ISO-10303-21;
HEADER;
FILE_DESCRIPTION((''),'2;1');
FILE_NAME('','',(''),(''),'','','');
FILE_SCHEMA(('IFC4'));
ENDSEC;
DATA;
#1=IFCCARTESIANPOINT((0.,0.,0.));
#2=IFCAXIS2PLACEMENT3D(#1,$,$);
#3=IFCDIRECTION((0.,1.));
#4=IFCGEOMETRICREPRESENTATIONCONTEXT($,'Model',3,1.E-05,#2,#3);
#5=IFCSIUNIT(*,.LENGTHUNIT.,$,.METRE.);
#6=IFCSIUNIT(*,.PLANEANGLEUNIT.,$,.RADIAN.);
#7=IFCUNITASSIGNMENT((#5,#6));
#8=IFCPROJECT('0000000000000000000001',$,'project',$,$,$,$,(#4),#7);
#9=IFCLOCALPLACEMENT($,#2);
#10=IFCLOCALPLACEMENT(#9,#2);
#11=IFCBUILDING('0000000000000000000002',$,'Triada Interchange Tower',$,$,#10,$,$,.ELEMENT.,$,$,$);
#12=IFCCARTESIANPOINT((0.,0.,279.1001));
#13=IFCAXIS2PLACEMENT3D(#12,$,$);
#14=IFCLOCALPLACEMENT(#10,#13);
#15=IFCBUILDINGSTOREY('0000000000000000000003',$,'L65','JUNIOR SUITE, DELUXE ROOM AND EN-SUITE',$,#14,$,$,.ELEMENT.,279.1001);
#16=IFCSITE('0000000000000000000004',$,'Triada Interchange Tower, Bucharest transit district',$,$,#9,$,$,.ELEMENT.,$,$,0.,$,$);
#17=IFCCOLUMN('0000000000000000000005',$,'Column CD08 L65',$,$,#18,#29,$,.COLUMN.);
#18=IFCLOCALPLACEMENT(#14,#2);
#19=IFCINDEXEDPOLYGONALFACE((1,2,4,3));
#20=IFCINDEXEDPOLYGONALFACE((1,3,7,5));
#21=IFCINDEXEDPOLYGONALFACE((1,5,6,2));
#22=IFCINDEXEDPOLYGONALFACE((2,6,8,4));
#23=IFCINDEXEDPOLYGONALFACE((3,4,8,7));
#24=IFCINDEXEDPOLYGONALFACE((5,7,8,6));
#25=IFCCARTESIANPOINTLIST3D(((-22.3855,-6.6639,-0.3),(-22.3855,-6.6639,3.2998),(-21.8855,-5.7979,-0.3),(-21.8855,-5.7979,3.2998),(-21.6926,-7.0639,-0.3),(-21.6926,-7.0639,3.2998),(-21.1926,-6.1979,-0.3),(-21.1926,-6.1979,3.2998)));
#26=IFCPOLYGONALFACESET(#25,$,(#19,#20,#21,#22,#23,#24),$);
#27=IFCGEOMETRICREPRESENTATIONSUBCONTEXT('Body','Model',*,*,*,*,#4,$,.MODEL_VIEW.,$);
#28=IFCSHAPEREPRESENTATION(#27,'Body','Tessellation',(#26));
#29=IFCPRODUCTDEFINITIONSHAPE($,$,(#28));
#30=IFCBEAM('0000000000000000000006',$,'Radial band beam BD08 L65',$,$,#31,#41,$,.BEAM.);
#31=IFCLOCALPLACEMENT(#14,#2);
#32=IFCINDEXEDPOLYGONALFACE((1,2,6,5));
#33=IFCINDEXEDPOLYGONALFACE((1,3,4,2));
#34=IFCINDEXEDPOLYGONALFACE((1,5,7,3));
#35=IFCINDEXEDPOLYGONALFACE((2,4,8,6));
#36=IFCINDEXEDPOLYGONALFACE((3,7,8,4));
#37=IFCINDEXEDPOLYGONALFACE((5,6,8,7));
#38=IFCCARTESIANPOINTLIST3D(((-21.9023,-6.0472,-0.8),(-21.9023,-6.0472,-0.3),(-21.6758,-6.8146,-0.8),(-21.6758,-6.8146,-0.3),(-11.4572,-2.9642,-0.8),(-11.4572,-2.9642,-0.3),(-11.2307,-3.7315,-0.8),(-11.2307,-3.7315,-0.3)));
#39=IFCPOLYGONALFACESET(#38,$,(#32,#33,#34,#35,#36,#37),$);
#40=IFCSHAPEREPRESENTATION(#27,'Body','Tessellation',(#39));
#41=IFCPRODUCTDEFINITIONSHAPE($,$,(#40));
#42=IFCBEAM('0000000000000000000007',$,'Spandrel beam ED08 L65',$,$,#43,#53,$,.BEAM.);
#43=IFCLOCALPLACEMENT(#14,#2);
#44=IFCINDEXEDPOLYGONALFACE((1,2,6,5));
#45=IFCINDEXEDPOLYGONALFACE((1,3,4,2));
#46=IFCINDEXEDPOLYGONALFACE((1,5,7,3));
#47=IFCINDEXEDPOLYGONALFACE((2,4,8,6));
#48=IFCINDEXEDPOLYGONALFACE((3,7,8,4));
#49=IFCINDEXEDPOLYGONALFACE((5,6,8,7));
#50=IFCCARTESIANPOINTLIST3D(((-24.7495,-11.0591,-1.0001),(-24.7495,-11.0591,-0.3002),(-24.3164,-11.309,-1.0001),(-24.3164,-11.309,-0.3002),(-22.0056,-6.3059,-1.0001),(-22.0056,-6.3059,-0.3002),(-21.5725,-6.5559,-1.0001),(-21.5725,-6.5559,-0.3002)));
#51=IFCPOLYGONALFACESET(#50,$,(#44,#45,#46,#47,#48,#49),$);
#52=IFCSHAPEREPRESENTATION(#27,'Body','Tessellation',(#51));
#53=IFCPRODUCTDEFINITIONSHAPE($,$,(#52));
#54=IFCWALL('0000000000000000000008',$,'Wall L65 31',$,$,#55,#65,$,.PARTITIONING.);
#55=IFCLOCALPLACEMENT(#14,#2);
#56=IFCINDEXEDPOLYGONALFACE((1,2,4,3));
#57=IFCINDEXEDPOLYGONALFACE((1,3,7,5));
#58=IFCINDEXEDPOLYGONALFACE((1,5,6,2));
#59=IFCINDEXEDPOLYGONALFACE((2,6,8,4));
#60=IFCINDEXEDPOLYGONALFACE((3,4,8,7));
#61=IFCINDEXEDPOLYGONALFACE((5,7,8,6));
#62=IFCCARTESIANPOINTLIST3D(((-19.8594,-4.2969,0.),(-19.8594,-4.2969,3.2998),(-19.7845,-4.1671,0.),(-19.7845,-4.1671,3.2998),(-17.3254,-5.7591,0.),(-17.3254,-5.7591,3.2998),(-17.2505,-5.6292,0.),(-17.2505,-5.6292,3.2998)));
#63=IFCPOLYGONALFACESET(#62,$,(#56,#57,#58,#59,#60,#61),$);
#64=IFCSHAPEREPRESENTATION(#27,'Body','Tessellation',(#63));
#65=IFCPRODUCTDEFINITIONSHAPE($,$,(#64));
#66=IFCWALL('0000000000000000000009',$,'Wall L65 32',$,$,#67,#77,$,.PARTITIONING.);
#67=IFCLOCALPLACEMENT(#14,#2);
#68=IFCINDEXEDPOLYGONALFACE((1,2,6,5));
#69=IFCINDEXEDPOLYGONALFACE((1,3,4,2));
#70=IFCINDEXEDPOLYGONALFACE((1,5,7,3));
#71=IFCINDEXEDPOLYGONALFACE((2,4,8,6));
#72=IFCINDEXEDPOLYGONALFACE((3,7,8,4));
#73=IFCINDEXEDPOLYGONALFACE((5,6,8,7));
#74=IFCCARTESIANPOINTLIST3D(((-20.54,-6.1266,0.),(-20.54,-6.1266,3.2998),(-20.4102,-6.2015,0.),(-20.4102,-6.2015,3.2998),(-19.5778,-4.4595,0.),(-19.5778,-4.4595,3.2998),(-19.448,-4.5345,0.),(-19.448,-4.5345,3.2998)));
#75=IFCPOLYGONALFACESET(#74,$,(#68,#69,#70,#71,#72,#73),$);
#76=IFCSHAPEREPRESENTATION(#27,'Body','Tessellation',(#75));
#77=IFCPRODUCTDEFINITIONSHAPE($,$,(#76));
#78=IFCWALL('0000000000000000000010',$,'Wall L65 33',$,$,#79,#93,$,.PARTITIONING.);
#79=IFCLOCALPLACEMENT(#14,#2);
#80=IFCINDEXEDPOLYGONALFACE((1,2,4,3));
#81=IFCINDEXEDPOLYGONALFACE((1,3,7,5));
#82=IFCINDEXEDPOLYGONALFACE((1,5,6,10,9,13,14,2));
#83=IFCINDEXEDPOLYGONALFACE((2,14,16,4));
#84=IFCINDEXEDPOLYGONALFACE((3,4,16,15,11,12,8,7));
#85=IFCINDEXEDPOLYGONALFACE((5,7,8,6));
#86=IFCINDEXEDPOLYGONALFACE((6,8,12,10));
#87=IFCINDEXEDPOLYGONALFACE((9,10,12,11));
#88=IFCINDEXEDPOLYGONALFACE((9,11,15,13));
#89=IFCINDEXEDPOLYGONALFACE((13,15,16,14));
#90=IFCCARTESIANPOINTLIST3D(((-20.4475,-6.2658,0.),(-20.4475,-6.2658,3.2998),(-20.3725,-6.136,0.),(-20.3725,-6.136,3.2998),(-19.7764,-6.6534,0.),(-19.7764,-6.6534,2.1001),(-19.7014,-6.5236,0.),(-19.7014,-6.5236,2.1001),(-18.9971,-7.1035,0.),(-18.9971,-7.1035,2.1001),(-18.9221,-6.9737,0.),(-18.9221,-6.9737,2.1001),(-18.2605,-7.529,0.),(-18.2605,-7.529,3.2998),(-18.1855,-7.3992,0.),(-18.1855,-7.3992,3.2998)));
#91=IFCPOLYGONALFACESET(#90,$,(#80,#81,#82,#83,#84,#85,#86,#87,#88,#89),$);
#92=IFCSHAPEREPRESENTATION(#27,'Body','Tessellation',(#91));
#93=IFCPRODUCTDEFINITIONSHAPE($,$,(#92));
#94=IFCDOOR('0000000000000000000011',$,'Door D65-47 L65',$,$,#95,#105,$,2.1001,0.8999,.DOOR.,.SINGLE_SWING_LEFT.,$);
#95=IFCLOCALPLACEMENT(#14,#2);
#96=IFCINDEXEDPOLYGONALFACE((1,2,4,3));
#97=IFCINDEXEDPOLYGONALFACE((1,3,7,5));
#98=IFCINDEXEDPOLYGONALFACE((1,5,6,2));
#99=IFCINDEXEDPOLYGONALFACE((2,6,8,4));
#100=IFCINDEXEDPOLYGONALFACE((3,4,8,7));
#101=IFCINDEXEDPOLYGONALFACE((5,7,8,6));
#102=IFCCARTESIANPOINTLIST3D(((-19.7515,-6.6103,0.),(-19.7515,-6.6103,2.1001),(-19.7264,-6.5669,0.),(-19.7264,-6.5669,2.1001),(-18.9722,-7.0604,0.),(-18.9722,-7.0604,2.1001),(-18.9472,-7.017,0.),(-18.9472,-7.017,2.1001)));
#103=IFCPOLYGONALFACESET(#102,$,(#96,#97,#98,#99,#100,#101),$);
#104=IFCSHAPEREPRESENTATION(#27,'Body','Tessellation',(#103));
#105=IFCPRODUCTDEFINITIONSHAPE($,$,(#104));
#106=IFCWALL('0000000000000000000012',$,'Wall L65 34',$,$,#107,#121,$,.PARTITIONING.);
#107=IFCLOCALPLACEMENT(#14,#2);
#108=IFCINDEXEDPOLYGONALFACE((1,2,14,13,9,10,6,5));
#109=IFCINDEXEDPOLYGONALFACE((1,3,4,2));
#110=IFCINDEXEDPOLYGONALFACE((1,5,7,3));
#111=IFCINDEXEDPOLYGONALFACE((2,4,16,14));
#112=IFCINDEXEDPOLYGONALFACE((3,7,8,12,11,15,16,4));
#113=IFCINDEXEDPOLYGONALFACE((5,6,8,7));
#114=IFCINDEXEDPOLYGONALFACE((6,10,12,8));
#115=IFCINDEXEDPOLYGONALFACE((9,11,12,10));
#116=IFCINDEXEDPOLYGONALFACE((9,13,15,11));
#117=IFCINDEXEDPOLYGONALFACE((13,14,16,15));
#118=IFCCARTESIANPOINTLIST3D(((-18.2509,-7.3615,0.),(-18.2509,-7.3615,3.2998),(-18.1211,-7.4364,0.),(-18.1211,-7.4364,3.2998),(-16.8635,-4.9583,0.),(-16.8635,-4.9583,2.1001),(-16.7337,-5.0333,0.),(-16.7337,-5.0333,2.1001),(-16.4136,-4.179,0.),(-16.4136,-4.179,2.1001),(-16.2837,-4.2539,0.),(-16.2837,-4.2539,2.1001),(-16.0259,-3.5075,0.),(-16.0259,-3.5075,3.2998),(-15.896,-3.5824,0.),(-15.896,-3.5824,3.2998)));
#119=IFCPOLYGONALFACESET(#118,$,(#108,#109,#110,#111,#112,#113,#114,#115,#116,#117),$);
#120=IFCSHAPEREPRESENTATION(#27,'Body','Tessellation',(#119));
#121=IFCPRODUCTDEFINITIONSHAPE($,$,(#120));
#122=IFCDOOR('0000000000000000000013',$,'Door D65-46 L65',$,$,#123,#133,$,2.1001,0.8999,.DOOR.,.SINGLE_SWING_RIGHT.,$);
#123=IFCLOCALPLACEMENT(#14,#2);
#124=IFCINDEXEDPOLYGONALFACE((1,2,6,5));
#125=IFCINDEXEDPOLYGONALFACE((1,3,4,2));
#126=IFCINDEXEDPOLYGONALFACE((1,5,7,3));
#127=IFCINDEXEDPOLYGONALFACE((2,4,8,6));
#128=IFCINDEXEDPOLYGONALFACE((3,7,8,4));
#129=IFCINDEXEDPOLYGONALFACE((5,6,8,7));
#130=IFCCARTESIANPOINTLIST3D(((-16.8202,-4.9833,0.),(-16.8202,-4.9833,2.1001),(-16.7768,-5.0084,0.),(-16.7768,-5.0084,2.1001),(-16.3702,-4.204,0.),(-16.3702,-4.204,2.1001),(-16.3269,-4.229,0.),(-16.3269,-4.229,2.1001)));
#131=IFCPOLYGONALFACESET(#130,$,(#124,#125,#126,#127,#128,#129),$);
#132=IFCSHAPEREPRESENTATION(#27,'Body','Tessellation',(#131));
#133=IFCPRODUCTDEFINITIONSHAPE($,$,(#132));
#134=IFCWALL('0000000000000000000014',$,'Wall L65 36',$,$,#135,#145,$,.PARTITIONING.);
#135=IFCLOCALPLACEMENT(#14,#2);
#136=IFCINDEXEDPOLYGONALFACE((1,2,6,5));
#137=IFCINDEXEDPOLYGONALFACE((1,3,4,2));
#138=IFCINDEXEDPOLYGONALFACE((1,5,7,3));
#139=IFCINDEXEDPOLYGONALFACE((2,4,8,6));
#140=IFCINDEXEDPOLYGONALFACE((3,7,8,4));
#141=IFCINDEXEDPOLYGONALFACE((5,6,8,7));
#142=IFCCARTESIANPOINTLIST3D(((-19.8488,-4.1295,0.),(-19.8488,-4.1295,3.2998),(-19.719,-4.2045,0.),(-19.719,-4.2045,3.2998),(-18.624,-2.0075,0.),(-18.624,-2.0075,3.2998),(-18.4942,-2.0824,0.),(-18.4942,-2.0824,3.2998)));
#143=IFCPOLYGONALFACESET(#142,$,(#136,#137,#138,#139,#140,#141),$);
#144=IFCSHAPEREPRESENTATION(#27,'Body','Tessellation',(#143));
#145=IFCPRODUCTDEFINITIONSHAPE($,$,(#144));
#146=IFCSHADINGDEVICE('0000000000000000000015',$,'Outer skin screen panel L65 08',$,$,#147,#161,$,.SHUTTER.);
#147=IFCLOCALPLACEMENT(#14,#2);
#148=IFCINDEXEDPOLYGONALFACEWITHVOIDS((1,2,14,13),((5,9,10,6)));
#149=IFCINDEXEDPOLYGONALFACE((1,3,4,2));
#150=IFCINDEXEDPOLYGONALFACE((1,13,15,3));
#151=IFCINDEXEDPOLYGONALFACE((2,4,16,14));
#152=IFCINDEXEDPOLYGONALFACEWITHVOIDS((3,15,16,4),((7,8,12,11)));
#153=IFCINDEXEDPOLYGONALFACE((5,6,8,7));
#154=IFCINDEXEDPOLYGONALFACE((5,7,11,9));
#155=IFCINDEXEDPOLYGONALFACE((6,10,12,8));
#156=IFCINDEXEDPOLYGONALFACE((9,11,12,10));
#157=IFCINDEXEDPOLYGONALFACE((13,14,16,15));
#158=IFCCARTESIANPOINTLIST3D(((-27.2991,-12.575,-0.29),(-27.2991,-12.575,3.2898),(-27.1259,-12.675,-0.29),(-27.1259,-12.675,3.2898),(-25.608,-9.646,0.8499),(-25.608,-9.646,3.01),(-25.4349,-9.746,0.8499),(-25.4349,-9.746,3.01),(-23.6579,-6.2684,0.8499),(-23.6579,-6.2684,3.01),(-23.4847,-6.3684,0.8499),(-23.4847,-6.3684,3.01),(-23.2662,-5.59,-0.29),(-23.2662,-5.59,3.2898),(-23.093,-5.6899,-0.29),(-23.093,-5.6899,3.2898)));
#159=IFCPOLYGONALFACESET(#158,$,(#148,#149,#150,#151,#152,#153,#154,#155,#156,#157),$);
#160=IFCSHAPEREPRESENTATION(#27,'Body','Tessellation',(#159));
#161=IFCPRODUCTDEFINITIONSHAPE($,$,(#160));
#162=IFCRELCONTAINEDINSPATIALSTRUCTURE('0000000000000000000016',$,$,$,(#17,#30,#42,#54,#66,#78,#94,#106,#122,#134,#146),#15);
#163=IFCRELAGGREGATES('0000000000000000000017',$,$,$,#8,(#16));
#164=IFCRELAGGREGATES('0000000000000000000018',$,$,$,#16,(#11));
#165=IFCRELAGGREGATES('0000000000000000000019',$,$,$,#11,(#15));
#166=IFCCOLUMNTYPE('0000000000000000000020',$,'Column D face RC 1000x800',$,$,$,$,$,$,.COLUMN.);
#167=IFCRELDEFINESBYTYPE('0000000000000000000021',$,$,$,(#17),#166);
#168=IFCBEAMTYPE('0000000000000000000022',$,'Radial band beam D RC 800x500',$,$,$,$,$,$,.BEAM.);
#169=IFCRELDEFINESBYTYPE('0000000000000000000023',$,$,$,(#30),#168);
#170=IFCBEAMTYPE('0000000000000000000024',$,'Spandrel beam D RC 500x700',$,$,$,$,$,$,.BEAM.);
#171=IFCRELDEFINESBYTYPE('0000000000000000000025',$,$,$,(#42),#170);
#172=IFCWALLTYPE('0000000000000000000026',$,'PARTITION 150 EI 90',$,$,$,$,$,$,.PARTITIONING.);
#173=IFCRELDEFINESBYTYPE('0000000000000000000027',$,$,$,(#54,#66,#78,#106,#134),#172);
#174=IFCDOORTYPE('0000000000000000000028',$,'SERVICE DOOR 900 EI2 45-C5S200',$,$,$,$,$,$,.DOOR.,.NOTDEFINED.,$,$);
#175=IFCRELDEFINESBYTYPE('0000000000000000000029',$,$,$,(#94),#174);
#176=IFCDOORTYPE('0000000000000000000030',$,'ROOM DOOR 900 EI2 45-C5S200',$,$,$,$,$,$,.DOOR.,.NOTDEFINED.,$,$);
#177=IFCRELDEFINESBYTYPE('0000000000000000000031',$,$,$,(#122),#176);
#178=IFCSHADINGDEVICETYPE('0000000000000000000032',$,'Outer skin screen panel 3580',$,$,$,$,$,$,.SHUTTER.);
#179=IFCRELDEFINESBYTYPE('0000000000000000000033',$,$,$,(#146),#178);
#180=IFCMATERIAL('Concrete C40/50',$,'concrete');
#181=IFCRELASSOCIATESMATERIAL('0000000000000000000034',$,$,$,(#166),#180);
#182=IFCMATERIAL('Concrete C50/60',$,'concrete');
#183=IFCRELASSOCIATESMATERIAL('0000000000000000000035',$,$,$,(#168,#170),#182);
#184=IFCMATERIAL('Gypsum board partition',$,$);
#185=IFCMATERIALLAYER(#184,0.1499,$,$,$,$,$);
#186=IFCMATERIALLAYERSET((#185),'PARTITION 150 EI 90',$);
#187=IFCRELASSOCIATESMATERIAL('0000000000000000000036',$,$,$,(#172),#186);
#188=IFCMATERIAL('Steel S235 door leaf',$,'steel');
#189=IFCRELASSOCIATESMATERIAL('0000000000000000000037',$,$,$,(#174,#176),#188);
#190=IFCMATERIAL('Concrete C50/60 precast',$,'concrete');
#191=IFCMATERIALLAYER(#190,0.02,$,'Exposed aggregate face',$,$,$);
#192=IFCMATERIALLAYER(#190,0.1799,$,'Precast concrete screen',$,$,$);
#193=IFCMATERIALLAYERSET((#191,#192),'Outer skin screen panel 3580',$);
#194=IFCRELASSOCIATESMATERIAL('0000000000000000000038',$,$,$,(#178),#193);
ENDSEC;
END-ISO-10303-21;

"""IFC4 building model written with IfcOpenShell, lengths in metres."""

from ifc_helpers import new_model, si_unit, direction, frame, frame_2d, origin, origin_2d, place, context, subcontext, project, spatial, polyline, rectangle, outline, extrude, material, layer, layer_set, material_profile, profile_set, type_object, element, fill, save


model = new_model("IFC4")

# Units and contexts
model_context = context("Model", 3, precision=1e-05, world=origin(), true_north=direction((0.0, 1.0)))
body_context = subcontext(model_context, "Body", "Model", "MODEL_VIEW")
ifc_project = project(units=[si_unit("LENGTHUNIT", "METRE"), si_unit("PLANEANGLEUNIT", "RADIAN")], contexts=[model_context])

# Site, building, storey
site_placement = place(None, origin())
site = spatial("IfcSite", under=ifc_project, at=site_placement, Name="Triada Interchange Tower, Bucharest transit district", CompositionType="ELEMENT", RefElevation=0.0)
building_placement = place(site_placement, origin())
building = spatial("IfcBuilding", under=site, at=building_placement, Name="Triada Interchange Tower", CompositionType="ELEMENT")
storey_placement = place(building_placement, frame((0.0, 0.0, 279.1001)))
storey = spatial("IfcBuildingStorey", under=building, at=storey_placement, Name="L65", Description="JUNIOR SUITE, DELUXE ROOM AND EN-SUITE", CompositionType="ELEMENT", Elevation=279.1001)

# Column
ifc_material_1 = material(Name="Concrete C40/50", Category="concrete")
ifc_material_profile_1 = material_profile(ifc_material_1, rectangle(XDim=1.0, YDim=0.8, at=origin_2d()), Name="RC 1000x800")
ifc_profile_set_1 = profile_set([ifc_material_profile_1], Name="Concrete C40/50")
column_type = type_object("IfcColumnType", Name="Column D face RC 1000x800", PredefinedType="COLUMN", material=ifc_profile_set_1)
column_placement = place(storey_placement, frame((-21.7891, -6.4309, -0.3), z_axis=(0.0, 0.0, 1.0), x_axis=(0.5, 0.866025, 0.0)))
element("IfcColumn", 1, at=column_placement, inside=storey, type_object=column_type, Name="Column CD08 L65", PredefinedType="COLUMN", context=body_context, shape_type="SweptSolid", body=[
    extrude(rectangle(XDim=1.0, YDim=0.8, at=origin_2d()), origin(), (0.0, 0.0, 1.0), 3.5999),
])

# Beams
ifc_material_2 = material(Name="Concrete C50/60", Category="concrete")
ifc_material_profile_2 = material_profile(ifc_material_2, rectangle(XDim=0.8, YDim=0.5, at=origin_2d()), Name="RC 800x500")
ifc_profile_set_2 = profile_set([ifc_material_profile_2], Name="Concrete C50/60")
beam_type_1 = type_object("IfcBeamType", Name="Radial band beam D RC 800x500", PredefinedType="BEAM", material=ifc_profile_set_2)
beam_1_placement = place(storey_placement, frame((-21.7891, -6.4309, -0.55), z_axis=(0.959093, 0.28309, 0.0), x_axis=(-0.28309, 0.959093, 0.0)))
element("IfcBeam", 2, at=beam_1_placement, inside=storey, type_object=beam_type_1, Name="Radial band beam BD08 L65", PredefinedType="BEAM", context=body_context, shape_type="SweptSolid", body=[
    extrude(rectangle(XDim=0.8, YDim=0.5, at=origin_2d()), origin(), (0.0, 0.0, 1.0), 10.8906),
])
ifc_material_profile_3 = material_profile(ifc_material_2, rectangle(XDim=0.5, YDim=0.7, at=origin_2d()), Name="RC 500x700")
ifc_profile_set_3 = profile_set([ifc_material_profile_3], Name="Concrete C50/60")
beam_type_2 = type_object("IfcBeamType", Name="Spandrel beam D RC 500x700", PredefinedType="BEAM", material=ifc_profile_set_3)
beam_2_placement = place(storey_placement, frame((-21.7891, -6.4309, -0.6501), z_axis=(-0.499952, -0.866053, 0.0), x_axis=(0.866053, -0.499952, 0.0)))
element("IfcBeam", 3, at=beam_2_placement, inside=storey, type_object=beam_type_2, Name="Spandrel beam ED08 L65", PredefinedType="BEAM", context=body_context, shape_type="SweptSolid", body=[
    extrude(rectangle(XDim=0.5, YDim=0.7, at=origin_2d()), origin(), (0.0, 0.0, 1.0), 5.4883),
])

# Walls
ifc_material_3 = material(Name="Gypsum board partition")
ifc_layer_1 = layer(ifc_material_3, 0.1499)
ifc_layer_set_1 = layer_set([ifc_layer_1], Name="PARTITION 150 EI 90")
wall_type = type_object("IfcWallType", Name="PARTITION 150 EI 90", PredefinedType="PARTITIONING", material=ifc_layer_set_1)
wall_1_placement = place(storey_placement, frame((-19.822, -4.2319, 0.0), z_axis=(0.0, 0.0, 1.0), x_axis=(0.866145, -0.499792, 0.0)))
element("IfcWall", 4, at=wall_1_placement, inside=storey, type_object=wall_type, Name="Wall L65 31", PredefinedType="PARTITIONING", context=body_context, shape_type="SweptSolid", body=[
    extrude(rectangle(XDim=2.9255, YDim=0.1499, at=frame_2d((1.4629, 0.0))), origin(), (0.0, 0.0, 1.0), 3.2998),
])
wall_2_placement = place(storey_placement, frame((-20.4751, -6.1641, 0.0), z_axis=(0.0, 0.0, 1.0), x_axis=(0.499891, 0.866088, 0.0)))
element("IfcWall", 5, at=wall_2_placement, inside=storey, type_object=wall_type, Name="Wall L65 32", PredefinedType="PARTITIONING", context=body_context, shape_type="SweptSolid", body=[
    extrude(rectangle(XDim=1.9248, YDim=0.1499, at=frame_2d((0.9624, 0.0))), origin(), (0.0, 0.0, 1.0), 3.2998),
])

# Walls, openings, doors
wall_3_placement = place(storey_placement, frame((-20.4099, -6.2009, 0.0), z_axis=(0.0, 0.0, 1.0), x_axis=(0.865938, -0.500152, 0.0)))
wall_3 = element("IfcWall", 6, at=wall_3_placement, inside=storey, type_object=wall_type, Name="Wall L65 33", PredefinedType="PARTITIONING", context=body_context, shape_type="SweptSolid", body=[
    extrude(rectangle(XDim=2.5256, YDim=0.1499, at=frame_2d((1.2627, 0.0))), origin(), (0.0, 0.0, 1.0), 3.2998),
])
opening_1_placement = place(wall_3_placement, frame((0.7749, 0.0, 0.0)))
opening_1 = element("IfcOpeningElement", 7, at=opening_1_placement, cuts=wall_3, PredefinedType="OPENING", context=body_context, shape_type="SweptSolid", body=[
    extrude(rectangle(XDim=0.8999, YDim=2.1001, at=frame_2d((0.45, 1.05))), frame((0.0, 0.085, 0.0), z_axis=(0.0, -1.0, 0.0), x_axis=(1.0, 0.0, 0.0)), (0.0, 0.0, 1.0), 0.1699),
])
ifc_material_4 = material(Name="Steel S235 door leaf", Category="steel")
door_type_1 = type_object("IfcDoorType", Name="SERVICE DOOR 900 EI2 45-C5S200", OperationType="NOTDEFINED", PredefinedType="DOOR", material=ifc_material_4)
door_1_placement = place(opening_1_placement, origin())
door_1 = element("IfcDoor", 8, at=door_1_placement, inside=storey, type_object=door_type_1, Name="Door D65-47 L65", OperationType="SINGLE_SWING_LEFT", OverallHeight=2.1001, OverallWidth=0.8999, PredefinedType="DOOR", context=body_context, shape_type="SweptSolid", body=[
    extrude(rectangle(XDim=0.8999, YDim=2.1001, at=frame_2d((0.45, 1.05))), frame((0.0, 0.0249, 0.0), z_axis=(0.0, -1.0, 0.0), x_axis=(1.0, 0.0, 0.0)), (0.0, 0.0, 1.0), 0.05),
])
fill(opening_1, door_1)
wall_4_placement = place(storey_placement, frame((-18.186, -7.3989, 0.0), z_axis=(0.0, 0.0, 1.0), x_axis=(0.499998, 0.866027, 0.0)))
wall_4 = element("IfcWall", 9, at=wall_4_placement, inside=storey, type_object=wall_type, Name="Wall L65 34", PredefinedType="PARTITIONING", context=body_context, shape_type="SweptSolid", body=[
    extrude(rectangle(XDim=4.4502, YDim=0.1499, at=frame_2d((2.2251, 0.0))), origin(), (0.0, 0.0, 1.0), 3.2998),
])
opening_2_placement = place(wall_4_placement, frame((2.7749, 0.0, 0.0)))
opening_2 = element("IfcOpeningElement", 10, at=opening_2_placement, cuts=wall_4, PredefinedType="OPENING", context=body_context, shape_type="SweptSolid", body=[
    extrude(rectangle(XDim=0.8999, YDim=2.1001, at=frame_2d((0.45, 1.05))), frame((0.0, 0.085, 0.0), z_axis=(0.0, -1.0, 0.0), x_axis=(1.0, 0.0, 0.0)), (0.0, 0.0, 1.0), 0.1699),
])
door_type_2 = type_object("IfcDoorType", Name="ROOM DOOR 900 EI2 45-C5S200", OperationType="NOTDEFINED", PredefinedType="DOOR", material=ifc_material_4)
door_2_placement = place(opening_2_placement, origin())
door_2 = element("IfcDoor", 11, at=door_2_placement, inside=storey, type_object=door_type_2, Name="Door D65-46 L65", OperationType="SINGLE_SWING_RIGHT", OverallHeight=2.1001, OverallWidth=0.8999, PredefinedType="DOOR", context=body_context, shape_type="SweptSolid", body=[
    extrude(rectangle(XDim=0.8999, YDim=2.1001, at=frame_2d((0.45, 1.05))), frame((0.0, 0.0249, 0.0), z_axis=(0.0, -1.0, 0.0), x_axis=(1.0, 0.0, 0.0)), (0.0, 0.0, 1.0), 0.05),
])
fill(opening_2, door_2)

# Wall
wall_5_placement = place(storey_placement, frame((-19.7839, -4.167, 0.0), z_axis=(0.0, 0.0, 1.0), x_axis=(0.499901, 0.866083, 0.0)))
element("IfcWall", 12, at=wall_5_placement, inside=storey, type_object=wall_type, Name="Wall L65 36", PredefinedType="PARTITIONING", context=body_context, shape_type="SweptSolid", body=[
    extrude(rectangle(XDim=2.4502, YDim=0.1499, at=frame_2d((1.2251, 0.0))), origin(), (0.0, 0.0, 1.0), 3.2998),
])

# Shading device
ifc_material_5 = material(Name="Concrete C50/60 precast", Category="concrete")
ifc_layer_2 = layer(ifc_material_5, 0.02, Name="Exposed aggregate face")
ifc_layer_3 = layer(ifc_material_5, 0.1799, Name="Precast concrete screen")
ifc_layer_set_2 = layer_set([ifc_layer_2, ifc_layer_3], Name="Outer skin screen panel 3580")
shading_device_type = type_object("IfcShadingDeviceType", Name="Outer skin screen panel 3580", PredefinedType="SHUTTER", material=ifc_layer_set_2)
shading_device_placement = place(storey_placement, frame((-23.093, -5.6899, -0.29), z_axis=(0.0, 0.0, 1.0), x_axis=(-0.50001, -0.86602, 0.0)))
element("IfcShadingDevice", 13, at=shading_device_placement, inside=storey, type_object=shading_device_type, Name="Outer skin screen panel L65 08", PredefinedType="SHUTTER", context=body_context, shape_type="SweptSolid", body=[
    extrude(outline(polyline([(0.0, 0.0), (8.0657, 0.0), (8.0657, 3.5798), (0.0, 3.5798), (0.0, 0.0)]), holes=[polyline([(0.7834, 1.1399), (0.7834, 3.3), (4.6836, 3.3), (4.6836, 1.1399), (0.7834, 1.1399)])]), frame((0.0, 0.0, 0.0), z_axis=(0.0, -1.0, 0.0), x_axis=(1.0, 0.0, 0.0)), (0.0, 0.0, 1.0), 0.2),
])

save(model, "model.ifc")
